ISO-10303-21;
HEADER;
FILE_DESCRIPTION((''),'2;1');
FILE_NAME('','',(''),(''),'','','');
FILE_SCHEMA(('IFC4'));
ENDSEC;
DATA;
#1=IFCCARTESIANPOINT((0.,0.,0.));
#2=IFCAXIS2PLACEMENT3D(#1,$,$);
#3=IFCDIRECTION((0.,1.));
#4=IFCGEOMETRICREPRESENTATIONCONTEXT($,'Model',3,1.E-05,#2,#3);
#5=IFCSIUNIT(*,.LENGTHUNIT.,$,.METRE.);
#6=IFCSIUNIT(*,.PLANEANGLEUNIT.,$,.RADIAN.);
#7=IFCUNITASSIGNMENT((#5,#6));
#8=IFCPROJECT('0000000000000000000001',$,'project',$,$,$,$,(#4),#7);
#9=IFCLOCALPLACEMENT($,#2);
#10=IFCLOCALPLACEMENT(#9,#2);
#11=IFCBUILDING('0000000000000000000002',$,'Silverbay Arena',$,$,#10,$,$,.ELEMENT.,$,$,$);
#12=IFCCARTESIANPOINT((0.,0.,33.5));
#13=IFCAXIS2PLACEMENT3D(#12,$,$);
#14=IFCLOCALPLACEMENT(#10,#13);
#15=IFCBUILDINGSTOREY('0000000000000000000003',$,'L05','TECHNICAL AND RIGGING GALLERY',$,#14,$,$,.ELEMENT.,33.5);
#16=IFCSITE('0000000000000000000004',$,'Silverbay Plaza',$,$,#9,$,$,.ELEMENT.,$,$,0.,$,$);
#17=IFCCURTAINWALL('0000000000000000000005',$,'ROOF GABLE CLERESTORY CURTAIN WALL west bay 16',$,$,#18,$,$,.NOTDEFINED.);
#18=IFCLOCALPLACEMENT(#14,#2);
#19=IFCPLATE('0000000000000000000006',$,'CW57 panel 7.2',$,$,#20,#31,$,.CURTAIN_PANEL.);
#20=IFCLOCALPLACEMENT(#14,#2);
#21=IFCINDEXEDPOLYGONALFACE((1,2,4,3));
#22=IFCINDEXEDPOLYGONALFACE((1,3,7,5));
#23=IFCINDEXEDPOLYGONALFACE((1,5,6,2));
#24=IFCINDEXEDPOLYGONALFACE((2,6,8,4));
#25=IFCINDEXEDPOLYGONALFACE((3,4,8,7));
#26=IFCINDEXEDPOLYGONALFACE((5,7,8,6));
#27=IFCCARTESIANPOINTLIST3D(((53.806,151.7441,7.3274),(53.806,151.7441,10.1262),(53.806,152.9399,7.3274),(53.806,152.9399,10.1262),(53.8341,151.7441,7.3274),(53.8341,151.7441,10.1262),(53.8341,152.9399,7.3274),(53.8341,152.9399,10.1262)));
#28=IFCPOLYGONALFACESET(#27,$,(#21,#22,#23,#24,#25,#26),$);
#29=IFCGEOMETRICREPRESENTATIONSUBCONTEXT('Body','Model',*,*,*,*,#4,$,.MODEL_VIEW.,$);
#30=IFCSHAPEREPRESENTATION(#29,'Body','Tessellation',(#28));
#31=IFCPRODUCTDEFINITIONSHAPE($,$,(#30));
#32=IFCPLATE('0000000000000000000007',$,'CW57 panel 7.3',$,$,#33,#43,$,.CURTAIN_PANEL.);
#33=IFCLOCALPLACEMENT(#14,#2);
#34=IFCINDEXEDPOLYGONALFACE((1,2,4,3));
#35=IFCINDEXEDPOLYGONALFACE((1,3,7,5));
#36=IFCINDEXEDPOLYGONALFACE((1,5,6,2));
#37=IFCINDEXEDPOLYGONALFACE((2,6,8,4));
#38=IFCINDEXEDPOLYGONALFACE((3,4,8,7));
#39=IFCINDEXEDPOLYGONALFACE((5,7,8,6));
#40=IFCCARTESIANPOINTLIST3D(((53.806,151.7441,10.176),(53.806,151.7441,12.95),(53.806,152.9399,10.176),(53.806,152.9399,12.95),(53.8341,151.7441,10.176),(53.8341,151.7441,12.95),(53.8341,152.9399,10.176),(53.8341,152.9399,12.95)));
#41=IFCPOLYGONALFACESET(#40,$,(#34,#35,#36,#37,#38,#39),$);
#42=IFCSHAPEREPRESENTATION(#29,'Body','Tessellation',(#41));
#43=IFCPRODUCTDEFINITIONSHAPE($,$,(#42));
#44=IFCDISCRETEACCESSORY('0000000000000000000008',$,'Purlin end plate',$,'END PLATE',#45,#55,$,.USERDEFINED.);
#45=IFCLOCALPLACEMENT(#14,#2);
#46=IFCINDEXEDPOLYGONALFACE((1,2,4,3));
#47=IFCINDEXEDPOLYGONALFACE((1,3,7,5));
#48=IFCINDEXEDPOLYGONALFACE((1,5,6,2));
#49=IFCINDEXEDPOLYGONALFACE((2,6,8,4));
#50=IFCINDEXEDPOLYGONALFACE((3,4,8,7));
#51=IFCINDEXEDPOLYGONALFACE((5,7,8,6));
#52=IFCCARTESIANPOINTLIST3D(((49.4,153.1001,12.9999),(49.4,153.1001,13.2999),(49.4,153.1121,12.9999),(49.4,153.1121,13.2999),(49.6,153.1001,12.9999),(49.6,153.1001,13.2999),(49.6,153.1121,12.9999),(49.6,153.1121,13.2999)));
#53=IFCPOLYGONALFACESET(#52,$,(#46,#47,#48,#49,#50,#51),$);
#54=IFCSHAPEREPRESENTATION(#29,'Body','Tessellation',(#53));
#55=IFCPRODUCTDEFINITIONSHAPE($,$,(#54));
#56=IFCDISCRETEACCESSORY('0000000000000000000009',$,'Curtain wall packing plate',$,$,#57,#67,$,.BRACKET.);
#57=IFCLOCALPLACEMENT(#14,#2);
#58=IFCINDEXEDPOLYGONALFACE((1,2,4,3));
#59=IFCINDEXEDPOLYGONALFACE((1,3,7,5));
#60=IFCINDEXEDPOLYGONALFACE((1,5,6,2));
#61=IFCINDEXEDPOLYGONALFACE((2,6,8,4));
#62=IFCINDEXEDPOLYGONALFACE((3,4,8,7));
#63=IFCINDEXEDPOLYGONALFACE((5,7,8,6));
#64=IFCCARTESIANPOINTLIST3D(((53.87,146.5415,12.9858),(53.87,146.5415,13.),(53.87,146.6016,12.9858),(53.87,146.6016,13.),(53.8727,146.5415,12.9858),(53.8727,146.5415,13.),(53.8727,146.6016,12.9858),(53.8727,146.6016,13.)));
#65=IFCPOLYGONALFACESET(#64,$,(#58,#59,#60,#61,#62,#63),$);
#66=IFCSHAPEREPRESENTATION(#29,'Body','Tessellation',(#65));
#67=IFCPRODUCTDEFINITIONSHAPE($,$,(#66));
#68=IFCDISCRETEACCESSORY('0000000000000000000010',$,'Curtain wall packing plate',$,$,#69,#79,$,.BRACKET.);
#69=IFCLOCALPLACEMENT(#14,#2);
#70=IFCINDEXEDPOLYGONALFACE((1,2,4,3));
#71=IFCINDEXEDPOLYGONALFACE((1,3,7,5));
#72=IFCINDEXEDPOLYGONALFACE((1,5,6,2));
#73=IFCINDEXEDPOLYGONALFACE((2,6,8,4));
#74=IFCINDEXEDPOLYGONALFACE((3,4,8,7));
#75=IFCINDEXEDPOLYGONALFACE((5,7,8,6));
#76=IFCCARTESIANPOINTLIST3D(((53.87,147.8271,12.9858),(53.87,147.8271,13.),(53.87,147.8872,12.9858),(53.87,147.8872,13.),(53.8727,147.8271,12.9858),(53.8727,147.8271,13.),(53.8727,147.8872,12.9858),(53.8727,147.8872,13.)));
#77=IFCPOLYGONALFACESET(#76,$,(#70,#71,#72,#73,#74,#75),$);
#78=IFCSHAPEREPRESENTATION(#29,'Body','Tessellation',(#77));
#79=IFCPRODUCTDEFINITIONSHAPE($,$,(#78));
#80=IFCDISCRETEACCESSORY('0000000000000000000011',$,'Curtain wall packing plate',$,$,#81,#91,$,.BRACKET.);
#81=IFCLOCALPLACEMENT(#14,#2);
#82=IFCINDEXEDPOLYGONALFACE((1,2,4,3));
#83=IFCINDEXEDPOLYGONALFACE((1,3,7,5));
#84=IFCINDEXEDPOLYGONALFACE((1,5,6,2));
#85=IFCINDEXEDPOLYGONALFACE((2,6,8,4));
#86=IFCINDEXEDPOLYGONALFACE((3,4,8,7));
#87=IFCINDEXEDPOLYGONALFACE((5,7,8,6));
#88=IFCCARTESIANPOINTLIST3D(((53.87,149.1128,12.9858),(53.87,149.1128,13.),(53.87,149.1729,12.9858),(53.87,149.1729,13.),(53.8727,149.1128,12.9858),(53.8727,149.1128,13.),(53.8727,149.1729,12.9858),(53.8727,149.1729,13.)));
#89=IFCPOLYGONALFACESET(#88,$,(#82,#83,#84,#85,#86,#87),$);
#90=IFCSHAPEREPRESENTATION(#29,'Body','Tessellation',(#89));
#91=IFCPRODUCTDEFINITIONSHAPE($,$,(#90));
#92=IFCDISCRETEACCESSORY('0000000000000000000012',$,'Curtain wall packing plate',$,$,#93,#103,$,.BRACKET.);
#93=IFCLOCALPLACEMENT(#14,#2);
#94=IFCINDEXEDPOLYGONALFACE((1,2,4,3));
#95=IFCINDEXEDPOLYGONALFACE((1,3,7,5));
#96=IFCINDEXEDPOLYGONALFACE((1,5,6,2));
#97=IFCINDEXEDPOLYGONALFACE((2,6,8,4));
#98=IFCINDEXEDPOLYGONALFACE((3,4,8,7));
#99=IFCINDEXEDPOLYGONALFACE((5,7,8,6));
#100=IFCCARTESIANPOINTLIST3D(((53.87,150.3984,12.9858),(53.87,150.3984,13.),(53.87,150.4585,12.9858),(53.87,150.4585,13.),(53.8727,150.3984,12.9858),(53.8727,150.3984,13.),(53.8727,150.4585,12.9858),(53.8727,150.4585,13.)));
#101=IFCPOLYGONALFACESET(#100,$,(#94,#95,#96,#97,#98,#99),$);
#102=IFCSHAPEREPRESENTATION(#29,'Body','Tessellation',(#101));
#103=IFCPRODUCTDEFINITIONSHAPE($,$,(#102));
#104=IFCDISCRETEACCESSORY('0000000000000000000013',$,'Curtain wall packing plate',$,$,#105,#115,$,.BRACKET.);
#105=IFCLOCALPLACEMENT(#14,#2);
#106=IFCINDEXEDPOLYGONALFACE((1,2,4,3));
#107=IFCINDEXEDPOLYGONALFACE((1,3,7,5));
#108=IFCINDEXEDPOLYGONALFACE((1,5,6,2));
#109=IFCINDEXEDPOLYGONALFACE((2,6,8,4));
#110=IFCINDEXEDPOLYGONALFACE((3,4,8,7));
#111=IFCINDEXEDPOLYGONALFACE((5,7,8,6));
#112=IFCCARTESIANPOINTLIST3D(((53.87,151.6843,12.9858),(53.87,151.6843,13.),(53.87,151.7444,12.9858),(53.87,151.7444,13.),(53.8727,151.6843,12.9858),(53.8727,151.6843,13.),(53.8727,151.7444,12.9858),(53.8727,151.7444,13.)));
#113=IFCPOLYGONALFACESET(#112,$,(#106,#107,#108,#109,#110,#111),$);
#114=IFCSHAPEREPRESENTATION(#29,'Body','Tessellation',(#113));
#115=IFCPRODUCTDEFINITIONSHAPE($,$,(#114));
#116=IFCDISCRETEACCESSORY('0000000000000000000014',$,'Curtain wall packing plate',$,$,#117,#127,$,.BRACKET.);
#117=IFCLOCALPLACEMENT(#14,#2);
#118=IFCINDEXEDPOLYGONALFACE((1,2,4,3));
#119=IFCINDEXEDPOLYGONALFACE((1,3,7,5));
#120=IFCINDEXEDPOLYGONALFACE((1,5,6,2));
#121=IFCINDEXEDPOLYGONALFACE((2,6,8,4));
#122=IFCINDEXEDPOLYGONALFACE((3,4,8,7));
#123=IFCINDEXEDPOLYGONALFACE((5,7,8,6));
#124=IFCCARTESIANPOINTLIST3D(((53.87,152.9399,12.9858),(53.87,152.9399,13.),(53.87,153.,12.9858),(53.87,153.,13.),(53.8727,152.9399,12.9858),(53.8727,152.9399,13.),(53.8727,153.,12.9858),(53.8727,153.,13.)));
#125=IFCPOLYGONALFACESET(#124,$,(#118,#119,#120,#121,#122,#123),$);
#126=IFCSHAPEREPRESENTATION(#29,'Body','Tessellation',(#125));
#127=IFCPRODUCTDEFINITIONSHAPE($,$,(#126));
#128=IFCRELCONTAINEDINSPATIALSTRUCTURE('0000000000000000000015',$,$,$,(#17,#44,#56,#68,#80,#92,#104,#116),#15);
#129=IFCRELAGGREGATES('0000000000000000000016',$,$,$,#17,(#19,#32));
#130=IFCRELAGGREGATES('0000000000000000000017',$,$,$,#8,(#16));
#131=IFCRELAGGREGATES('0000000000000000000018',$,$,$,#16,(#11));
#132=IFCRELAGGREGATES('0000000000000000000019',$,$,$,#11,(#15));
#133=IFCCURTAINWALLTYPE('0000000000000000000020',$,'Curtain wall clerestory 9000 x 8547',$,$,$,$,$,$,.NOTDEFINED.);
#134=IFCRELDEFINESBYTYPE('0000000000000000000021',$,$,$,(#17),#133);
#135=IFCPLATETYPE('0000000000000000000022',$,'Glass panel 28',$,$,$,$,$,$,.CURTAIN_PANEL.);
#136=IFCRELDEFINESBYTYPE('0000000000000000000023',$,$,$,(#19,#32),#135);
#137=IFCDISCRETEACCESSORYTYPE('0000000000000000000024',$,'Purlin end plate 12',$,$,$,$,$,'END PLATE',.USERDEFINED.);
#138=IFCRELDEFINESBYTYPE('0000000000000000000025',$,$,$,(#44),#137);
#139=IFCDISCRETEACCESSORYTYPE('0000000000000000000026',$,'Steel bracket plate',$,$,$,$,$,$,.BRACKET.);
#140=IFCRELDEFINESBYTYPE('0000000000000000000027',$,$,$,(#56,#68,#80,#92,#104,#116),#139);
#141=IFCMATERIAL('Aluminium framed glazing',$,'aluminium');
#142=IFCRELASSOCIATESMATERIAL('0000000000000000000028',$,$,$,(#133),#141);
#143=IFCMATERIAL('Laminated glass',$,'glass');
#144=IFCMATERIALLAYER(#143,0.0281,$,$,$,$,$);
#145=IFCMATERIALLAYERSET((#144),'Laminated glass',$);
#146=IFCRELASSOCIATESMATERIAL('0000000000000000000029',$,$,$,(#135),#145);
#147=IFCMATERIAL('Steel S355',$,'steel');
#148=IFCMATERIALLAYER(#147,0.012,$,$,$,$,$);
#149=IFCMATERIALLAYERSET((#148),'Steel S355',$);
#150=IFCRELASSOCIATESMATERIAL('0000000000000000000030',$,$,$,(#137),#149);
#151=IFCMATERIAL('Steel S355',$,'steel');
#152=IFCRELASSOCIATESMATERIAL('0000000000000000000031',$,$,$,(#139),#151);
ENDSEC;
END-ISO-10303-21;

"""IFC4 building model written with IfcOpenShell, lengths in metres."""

from ifc_helpers import new_model, si_unit, direction, frame, origin, origin_2d, place, context, subcontext, project, spatial, rectangle, extrude, material, layer, layer_set, type_object, element, aggregate, save


model = new_model("IFC4")

# Units and contexts
model_context = context("Model", 3, precision=1e-05, world=origin(), true_north=direction((0.0, 1.0)))
body_context = subcontext(model_context, "Body", "Model", "MODEL_VIEW")
ifc_project = project(units=[si_unit("LENGTHUNIT", "METRE"), si_unit("PLANEANGLEUNIT", "RADIAN")], contexts=[model_context])

# Site, building, storey
site_placement = place(None, origin())
site = spatial("IfcSite", under=ifc_project, at=site_placement, Name="Silverbay Plaza", CompositionType="ELEMENT", RefElevation=0.0)
building_placement = place(site_placement, origin())
building = spatial("IfcBuilding", under=site, at=building_placement, Name="Silverbay Arena", CompositionType="ELEMENT")
storey_placement = place(building_placement, frame((0.0, 0.0, 33.5)))
storey = spatial("IfcBuildingStorey", under=building, at=storey_placement, Name="L05", Description="TECHNICAL AND RIGGING GALLERY", CompositionType="ELEMENT", Elevation=33.5)

# Curtain wall, plates
ifc_material_1 = material(Name="Aluminium framed glazing", Category="aluminium")
curtain_wall_type = type_object("IfcCurtainWallType", Name="Curtain wall clerestory 9000 x 8547", PredefinedType="NOTDEFINED", material=ifc_material_1)
curtain_wall_placement = place(storey_placement, origin())
curtain_wall = element("IfcCurtainWall", 1, at=curtain_wall_placement, inside=storey, type_object=curtain_wall_type, Name="ROOF GABLE CLERESTORY CURTAIN WALL west bay 16", PredefinedType="NOTDEFINED")
ifc_material_2 = material(Name="Laminated glass", Category="glass")
ifc_layer_1 = layer(ifc_material_2, 0.0281)
ifc_layer_set_1 = layer_set([ifc_layer_1], Name="Laminated glass")
plate_type = type_object("IfcPlateType", Name="Glass panel 28", PredefinedType="CURTAIN_PANEL", material=ifc_layer_set_1)
plate_1_placement = place(storey_placement, frame((53.8201, 152.342, 7.3274), z_axis=(0.0, 0.0, 1.0), x_axis=(0.0, 1.0, 0.0)))
plate_1 = element("IfcPlate", 2, at=plate_1_placement, type_object=plate_type, Name="CW57 panel 7.2", PredefinedType="CURTAIN_PANEL", context=body_context, shape_type="SweptSolid", body=[
    extrude(rectangle(XDim=1.1958, YDim=0.0281, at=origin_2d()), origin(), (0.0, 0.0, 1.0), 2.7988),
])
plate_2_placement = place(storey_placement, frame((53.8201, 152.342, 10.176), z_axis=(0.0, 0.0, 1.0), x_axis=(0.0, 1.0, 0.0)))
plate_2 = element("IfcPlate", 3, at=plate_2_placement, type_object=plate_type, Name="CW57 panel 7.3", PredefinedType="CURTAIN_PANEL", context=body_context, shape_type="SweptSolid", body=[
    extrude(rectangle(XDim=1.1958, YDim=0.0281, at=origin_2d()), origin(), (0.0, 0.0, 1.0), 2.7739),
])
aggregate(curtain_wall, [plate_1, plate_2])

# Discrete accessories
ifc_material_3 = material(Name="Steel S355", Category="steel")
ifc_layer_2 = layer(ifc_material_3, 0.012)
ifc_layer_set_2 = layer_set([ifc_layer_2], Name="Steel S355")
discrete_accessory_type_1 = type_object("IfcDiscreteAccessoryType", Name="Purlin end plate 12", ElementType="END PLATE", PredefinedType="USERDEFINED", material=ifc_layer_set_2)
discrete_accessory_placement = place(storey_placement, frame((49.5, 153.1001, 13.1499), z_axis=(0.0, 1.0, 0.0), x_axis=(-1.0, 0.0, 0.0)))
element("IfcDiscreteAccessory", 4, at=discrete_accessory_placement, inside=storey, type_object=discrete_accessory_type_1, Name="Purlin end plate", ObjectType="END PLATE", PredefinedType="USERDEFINED", context=body_context, shape_type="SweptSolid", body=[
    extrude(rectangle(XDim=0.2, YDim=0.3, at=origin_2d()), origin(), (0.0, 0.0, 1.0), 0.012),
])
ifc_material_4 = material(Name="Steel S355", Category="steel")
discrete_accessory_type_2 = type_object("IfcDiscreteAccessoryType", Name="Steel bracket plate", PredefinedType="BRACKET", material=ifc_material_4)
for number, where, z_axis, x_axis, name in (
    (5, (53.8713, 146.5715, 12.9858), (0.0, 0.0, 1.0), (1.0, 0.0, 0.0), "Curtain wall packing plate"),
    (6, (53.8713, 147.8572, 12.9858), (0.0, 0.0, 1.0), (1.0, 0.0, 0.0), "Curtain wall packing plate"),
    (7, (53.8713, 149.1428, 12.9858), (0.0, 0.0, 1.0), (1.0, 0.0, 0.0), "Curtain wall packing plate"),
    (8, (53.8713, 150.4285, 12.9858), (0.0, 0.0, 1.0), (1.0, 0.0, 0.0), "Curtain wall packing plate"),
    (9, (53.8713, 151.7144, 12.9858), (0.0, 0.0, 1.0), (1.0, 0.0, 0.0), "Curtain wall packing plate"),
    (10, (53.8713, 152.97, 12.9858), (0.0, 0.0, 1.0), (1.0, 0.0, 0.0), "Curtain wall packing plate"),
):
    element("IfcDiscreteAccessory", number, at=place(storey_placement, frame(where, z_axis=z_axis, x_axis=x_axis)), inside=storey, type_object=discrete_accessory_type_2, Name=name, PredefinedType="BRACKET", context=body_context, shape_type="SweptSolid", body=[
        extrude(rectangle(XDim=0.0027, YDim=0.0601, at=origin_2d()), origin(), (0.0, 0.0, 1.0), 0.0142),
    ])

save(model, "model.ifc")
